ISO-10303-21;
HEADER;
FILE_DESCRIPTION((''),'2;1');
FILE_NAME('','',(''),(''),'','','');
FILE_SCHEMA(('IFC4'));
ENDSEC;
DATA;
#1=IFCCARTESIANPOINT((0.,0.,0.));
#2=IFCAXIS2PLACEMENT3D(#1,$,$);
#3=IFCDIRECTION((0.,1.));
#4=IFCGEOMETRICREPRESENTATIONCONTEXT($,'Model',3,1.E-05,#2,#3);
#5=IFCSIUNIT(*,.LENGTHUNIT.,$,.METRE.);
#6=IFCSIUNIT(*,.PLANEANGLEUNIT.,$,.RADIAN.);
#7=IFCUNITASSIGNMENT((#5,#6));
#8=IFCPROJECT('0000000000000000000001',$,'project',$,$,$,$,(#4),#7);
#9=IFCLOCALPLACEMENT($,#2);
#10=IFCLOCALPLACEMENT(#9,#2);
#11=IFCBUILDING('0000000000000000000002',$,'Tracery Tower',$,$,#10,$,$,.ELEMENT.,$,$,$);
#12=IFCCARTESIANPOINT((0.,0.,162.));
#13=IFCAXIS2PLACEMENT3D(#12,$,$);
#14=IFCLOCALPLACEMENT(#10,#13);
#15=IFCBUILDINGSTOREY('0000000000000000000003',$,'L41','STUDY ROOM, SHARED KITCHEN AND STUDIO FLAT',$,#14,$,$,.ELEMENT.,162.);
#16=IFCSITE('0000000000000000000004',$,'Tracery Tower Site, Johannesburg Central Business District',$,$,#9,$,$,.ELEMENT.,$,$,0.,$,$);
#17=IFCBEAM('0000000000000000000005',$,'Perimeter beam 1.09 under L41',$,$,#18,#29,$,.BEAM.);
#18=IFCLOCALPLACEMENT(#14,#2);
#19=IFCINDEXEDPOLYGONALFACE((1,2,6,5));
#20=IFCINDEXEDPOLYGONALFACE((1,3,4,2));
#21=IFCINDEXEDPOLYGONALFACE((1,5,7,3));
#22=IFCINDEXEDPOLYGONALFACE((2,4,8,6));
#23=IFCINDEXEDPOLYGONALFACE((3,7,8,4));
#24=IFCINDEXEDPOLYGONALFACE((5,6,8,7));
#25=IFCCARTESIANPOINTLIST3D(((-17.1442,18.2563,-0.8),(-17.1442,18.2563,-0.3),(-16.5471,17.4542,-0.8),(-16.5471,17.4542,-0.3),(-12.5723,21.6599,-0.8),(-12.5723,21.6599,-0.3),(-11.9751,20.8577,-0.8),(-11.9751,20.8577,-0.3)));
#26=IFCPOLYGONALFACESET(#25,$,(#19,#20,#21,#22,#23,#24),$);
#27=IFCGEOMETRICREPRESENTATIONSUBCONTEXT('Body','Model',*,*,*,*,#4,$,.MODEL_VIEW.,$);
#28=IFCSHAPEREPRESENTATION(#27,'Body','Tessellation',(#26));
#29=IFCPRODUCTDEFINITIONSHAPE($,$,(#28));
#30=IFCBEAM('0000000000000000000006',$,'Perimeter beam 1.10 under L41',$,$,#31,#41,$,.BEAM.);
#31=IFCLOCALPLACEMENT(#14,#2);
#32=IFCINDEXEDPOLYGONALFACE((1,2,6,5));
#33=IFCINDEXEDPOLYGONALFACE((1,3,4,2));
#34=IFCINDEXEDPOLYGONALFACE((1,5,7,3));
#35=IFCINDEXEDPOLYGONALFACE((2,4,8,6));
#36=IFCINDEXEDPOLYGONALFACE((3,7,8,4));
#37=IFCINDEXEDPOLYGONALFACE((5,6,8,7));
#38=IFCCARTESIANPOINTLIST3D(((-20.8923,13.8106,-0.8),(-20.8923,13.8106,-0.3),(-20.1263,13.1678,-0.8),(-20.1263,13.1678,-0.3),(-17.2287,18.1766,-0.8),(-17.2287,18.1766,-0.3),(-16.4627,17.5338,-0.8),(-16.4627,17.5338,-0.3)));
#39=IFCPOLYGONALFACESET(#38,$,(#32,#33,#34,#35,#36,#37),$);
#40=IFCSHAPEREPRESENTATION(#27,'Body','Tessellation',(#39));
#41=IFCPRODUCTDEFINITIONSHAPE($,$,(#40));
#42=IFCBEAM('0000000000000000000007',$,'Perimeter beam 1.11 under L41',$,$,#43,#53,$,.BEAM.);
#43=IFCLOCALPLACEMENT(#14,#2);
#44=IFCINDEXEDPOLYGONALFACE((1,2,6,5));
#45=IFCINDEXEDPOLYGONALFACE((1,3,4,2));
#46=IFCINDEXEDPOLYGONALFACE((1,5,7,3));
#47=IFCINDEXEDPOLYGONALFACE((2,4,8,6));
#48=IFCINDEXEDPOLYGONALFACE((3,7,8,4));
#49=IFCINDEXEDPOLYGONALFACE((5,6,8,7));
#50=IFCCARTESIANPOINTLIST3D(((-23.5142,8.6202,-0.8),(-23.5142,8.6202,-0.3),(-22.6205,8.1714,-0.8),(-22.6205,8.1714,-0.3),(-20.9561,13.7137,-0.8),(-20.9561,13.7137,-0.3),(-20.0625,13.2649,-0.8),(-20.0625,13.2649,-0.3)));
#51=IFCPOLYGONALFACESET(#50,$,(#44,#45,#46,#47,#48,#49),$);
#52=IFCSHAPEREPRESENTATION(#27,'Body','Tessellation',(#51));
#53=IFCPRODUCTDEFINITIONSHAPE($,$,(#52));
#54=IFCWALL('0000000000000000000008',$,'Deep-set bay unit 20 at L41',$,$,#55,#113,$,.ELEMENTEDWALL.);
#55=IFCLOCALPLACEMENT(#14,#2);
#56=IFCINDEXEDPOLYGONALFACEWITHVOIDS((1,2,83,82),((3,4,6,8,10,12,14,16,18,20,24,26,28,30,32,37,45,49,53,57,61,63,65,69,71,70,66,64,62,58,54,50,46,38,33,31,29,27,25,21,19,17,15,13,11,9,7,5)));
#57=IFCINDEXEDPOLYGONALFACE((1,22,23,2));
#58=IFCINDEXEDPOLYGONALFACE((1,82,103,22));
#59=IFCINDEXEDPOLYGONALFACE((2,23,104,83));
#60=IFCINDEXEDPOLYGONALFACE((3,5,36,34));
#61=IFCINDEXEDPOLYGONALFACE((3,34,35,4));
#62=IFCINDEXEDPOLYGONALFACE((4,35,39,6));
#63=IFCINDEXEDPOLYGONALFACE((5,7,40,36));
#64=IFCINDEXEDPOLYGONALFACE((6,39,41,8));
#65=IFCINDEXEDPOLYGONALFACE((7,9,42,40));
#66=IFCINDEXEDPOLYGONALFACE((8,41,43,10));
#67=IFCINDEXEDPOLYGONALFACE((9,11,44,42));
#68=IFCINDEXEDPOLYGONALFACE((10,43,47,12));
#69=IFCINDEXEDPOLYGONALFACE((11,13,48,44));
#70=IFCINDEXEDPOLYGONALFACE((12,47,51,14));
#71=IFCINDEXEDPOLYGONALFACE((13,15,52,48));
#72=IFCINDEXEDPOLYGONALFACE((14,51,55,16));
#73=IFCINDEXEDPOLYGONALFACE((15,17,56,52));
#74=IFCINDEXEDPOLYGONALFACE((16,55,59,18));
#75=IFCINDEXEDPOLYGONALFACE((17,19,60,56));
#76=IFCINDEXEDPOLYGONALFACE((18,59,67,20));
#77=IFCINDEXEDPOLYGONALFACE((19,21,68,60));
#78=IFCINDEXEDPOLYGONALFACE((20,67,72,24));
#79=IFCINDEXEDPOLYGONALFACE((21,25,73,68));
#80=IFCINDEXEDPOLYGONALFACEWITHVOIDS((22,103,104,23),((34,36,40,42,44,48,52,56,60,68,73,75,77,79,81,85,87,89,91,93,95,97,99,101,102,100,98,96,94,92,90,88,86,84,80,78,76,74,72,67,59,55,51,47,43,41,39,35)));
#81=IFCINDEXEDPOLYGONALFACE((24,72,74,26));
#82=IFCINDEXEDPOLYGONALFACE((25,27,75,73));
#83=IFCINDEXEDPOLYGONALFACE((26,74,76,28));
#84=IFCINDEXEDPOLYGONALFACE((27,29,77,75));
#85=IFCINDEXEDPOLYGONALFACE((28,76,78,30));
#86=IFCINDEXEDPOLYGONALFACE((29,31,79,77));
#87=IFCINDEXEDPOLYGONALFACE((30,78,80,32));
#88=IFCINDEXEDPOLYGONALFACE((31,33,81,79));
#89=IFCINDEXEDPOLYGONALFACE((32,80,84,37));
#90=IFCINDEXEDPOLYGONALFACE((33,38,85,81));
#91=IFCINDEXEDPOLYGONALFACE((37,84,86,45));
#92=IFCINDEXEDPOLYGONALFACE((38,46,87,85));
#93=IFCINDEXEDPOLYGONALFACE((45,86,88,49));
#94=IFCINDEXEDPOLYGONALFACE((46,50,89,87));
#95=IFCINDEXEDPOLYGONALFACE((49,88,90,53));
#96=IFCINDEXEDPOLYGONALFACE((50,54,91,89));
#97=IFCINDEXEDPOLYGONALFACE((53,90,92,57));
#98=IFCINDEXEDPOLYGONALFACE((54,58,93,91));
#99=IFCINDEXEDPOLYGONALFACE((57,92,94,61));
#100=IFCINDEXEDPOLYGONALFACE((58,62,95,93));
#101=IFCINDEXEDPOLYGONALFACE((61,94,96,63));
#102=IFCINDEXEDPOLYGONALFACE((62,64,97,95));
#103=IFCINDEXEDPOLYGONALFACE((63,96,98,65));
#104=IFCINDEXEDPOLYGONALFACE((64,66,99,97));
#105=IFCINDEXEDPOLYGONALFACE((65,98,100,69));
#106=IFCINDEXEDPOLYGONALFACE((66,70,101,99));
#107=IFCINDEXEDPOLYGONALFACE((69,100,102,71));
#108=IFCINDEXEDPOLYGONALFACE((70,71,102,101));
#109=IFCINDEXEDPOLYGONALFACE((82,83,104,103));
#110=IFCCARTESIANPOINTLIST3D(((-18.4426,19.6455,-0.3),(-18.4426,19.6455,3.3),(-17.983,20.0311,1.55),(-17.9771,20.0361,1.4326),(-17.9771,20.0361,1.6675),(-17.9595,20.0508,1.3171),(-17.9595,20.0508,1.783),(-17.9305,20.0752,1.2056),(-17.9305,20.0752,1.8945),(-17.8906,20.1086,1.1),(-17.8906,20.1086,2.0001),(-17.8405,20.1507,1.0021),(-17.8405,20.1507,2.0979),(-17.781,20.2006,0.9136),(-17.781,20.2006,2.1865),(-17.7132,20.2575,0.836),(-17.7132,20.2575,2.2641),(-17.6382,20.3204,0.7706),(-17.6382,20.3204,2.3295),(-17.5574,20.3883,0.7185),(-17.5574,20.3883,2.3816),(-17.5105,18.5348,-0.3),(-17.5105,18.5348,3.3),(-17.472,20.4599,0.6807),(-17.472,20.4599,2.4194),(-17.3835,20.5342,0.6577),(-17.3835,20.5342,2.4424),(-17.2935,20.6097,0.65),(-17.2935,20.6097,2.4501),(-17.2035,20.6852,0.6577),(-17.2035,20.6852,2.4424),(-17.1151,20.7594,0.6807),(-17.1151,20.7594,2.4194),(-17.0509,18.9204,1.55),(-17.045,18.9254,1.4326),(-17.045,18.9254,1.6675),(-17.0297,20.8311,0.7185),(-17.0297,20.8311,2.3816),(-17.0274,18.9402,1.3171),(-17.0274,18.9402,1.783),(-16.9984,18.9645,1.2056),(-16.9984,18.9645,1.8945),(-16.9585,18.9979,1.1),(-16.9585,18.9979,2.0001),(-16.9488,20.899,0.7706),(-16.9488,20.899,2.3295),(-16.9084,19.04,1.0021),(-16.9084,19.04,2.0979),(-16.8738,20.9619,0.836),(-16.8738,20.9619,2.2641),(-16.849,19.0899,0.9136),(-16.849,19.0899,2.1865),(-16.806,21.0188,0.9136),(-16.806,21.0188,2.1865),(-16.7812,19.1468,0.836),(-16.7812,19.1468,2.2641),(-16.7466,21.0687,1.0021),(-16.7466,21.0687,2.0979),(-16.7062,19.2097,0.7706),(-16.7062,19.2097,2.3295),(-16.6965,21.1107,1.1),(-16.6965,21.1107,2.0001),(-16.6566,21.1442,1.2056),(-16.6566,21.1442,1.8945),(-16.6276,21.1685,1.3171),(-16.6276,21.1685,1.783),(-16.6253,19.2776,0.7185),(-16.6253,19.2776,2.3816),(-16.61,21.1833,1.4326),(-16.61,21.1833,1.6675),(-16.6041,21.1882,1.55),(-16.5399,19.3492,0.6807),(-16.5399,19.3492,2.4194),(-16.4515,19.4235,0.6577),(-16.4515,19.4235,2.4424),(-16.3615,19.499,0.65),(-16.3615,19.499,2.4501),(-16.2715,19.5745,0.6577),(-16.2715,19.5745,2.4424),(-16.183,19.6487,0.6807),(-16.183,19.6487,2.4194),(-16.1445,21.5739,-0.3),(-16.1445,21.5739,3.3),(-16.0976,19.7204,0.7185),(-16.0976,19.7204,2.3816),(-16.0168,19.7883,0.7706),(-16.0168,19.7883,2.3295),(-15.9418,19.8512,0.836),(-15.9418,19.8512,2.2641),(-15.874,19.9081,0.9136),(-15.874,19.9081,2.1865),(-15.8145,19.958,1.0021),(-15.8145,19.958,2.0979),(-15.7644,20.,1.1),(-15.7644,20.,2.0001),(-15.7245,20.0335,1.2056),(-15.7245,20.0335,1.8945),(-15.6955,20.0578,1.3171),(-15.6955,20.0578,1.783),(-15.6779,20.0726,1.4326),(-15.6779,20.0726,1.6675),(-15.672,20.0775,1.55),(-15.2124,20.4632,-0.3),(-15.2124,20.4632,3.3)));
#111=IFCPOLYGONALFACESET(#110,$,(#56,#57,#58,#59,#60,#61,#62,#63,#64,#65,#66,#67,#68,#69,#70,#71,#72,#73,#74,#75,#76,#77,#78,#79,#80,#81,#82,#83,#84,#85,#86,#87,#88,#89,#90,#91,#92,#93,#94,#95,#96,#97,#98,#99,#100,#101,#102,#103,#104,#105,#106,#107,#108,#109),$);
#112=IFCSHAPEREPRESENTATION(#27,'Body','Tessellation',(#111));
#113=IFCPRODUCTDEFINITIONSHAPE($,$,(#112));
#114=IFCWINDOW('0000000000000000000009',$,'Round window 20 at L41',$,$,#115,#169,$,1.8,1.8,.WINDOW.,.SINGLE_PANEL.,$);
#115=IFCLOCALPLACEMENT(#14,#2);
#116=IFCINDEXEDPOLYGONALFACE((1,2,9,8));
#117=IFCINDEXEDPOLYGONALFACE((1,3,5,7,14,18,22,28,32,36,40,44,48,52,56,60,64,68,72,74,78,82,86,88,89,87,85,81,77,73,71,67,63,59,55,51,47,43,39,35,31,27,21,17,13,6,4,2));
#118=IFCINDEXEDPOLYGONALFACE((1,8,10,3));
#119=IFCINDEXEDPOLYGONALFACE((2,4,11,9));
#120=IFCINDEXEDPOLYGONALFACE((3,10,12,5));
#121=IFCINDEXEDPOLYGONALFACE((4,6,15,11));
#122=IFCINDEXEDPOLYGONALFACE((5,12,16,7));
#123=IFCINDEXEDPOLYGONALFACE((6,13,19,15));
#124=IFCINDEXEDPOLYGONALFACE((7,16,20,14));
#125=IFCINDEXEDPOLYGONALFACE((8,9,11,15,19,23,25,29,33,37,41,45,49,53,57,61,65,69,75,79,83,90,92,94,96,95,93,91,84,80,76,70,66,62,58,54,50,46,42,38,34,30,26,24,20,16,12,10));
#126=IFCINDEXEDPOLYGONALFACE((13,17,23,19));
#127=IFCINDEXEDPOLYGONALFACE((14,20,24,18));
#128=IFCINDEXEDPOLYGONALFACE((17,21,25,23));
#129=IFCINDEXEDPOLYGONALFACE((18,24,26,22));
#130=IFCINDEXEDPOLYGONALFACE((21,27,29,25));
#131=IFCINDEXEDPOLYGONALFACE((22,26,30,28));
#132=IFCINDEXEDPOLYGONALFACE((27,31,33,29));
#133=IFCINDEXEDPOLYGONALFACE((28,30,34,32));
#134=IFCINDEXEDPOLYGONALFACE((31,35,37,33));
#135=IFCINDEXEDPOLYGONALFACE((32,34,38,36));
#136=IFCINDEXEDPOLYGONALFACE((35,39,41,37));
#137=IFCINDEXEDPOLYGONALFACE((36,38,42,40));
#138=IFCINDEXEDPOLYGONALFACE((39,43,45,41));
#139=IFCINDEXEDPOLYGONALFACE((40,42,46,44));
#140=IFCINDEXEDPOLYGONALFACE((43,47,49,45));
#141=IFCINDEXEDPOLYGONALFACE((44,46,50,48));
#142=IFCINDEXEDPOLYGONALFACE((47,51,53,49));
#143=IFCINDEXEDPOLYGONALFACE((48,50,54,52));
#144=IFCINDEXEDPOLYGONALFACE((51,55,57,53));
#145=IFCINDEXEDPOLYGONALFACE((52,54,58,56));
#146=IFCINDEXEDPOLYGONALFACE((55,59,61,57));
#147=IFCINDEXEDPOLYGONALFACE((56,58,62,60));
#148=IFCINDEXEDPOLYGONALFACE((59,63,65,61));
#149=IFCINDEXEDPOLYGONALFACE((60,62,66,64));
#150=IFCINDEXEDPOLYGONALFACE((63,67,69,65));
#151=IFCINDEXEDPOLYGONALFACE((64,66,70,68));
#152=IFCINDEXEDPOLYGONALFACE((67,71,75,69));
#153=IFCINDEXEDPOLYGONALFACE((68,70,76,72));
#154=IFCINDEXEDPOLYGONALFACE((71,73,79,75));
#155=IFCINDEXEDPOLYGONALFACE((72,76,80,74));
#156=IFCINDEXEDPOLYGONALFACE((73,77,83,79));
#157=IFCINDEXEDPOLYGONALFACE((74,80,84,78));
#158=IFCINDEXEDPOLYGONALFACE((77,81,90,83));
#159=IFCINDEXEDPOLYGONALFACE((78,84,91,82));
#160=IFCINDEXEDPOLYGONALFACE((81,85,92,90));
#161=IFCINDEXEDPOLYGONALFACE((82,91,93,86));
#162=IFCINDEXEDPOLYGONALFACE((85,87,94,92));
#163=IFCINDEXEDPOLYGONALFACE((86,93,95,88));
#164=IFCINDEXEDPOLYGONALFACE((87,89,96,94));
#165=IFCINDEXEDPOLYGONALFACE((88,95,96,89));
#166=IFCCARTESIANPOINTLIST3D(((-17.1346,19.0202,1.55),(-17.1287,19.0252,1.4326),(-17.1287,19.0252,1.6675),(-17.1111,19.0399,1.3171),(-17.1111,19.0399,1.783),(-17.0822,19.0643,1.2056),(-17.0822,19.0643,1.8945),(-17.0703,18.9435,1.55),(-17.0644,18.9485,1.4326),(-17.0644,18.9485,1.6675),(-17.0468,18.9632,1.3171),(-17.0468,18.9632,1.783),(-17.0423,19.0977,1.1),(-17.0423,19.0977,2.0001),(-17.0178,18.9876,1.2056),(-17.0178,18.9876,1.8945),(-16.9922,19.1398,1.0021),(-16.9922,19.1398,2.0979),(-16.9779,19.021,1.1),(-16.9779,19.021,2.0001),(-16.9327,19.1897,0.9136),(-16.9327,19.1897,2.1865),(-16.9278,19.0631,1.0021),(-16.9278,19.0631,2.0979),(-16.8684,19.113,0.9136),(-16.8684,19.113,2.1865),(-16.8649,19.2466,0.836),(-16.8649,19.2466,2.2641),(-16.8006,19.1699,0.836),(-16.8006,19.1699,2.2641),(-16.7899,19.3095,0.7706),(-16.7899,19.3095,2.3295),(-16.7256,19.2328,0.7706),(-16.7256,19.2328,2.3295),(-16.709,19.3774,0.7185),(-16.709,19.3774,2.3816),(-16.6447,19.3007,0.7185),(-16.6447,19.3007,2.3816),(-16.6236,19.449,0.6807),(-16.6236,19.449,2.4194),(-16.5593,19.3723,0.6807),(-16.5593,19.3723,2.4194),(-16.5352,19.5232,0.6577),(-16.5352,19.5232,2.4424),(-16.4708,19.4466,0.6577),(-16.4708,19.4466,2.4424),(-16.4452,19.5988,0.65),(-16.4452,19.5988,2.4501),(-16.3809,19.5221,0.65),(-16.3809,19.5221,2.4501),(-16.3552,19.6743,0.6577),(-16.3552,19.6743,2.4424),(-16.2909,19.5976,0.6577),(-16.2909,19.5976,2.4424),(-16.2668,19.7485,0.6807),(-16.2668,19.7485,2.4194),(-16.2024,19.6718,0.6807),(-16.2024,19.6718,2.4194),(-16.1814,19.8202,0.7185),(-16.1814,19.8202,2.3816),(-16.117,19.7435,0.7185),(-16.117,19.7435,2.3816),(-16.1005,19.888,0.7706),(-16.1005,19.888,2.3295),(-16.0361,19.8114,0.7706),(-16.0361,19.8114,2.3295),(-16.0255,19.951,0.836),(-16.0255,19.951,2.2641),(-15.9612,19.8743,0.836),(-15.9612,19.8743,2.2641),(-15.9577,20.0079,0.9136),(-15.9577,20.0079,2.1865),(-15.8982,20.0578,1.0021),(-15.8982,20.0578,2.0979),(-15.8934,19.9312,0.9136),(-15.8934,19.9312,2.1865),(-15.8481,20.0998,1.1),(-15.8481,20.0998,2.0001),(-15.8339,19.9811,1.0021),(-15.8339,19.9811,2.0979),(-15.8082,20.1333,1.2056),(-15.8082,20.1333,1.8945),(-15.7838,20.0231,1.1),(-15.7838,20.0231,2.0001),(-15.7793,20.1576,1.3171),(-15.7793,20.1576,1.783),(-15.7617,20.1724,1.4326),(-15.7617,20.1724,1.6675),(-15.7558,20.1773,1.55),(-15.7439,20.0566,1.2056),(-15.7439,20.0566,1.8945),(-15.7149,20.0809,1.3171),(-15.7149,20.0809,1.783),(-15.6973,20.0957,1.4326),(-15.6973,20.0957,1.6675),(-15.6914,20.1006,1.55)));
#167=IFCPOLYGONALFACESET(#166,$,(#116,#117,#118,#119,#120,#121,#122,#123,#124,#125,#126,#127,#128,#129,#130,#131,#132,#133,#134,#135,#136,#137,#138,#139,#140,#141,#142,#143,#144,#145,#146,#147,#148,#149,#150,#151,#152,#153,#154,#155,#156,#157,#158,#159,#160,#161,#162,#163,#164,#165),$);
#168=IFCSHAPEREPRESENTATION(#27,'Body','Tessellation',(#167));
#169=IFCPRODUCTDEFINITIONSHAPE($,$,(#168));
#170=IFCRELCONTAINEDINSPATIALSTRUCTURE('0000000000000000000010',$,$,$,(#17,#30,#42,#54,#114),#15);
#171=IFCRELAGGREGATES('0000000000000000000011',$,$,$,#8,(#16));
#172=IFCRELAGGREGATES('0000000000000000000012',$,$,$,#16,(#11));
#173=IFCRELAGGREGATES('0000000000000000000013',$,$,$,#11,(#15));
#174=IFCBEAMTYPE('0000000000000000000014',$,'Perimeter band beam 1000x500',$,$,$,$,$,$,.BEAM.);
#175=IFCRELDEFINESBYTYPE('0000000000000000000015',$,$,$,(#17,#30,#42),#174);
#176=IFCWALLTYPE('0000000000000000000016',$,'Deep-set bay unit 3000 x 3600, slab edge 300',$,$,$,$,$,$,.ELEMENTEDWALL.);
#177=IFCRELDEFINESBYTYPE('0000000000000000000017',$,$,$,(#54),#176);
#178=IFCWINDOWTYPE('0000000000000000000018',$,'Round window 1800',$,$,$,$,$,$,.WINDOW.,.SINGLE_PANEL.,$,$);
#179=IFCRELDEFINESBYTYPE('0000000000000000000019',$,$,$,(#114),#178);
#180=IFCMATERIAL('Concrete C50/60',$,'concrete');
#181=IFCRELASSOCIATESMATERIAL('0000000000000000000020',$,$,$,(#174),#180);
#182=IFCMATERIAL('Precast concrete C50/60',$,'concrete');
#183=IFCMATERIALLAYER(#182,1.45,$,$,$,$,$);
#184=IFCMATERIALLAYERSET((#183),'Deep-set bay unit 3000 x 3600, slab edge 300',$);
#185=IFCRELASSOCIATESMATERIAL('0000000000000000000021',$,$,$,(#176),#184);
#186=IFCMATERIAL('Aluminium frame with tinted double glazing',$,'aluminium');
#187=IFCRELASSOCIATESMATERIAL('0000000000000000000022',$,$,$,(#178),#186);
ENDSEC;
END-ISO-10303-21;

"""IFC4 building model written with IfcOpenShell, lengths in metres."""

from ifc_helpers import new_model, si_unit, direction, frame, frame_2d, origin, origin_2d, place, context, subcontext, project, spatial, rectangle, circle, extrude, material, layer, layer_set, material_profile, profile_set, type_object, element, fill, save


model = new_model("IFC4")

# Units and contexts
model_context = context("Model", 3, precision=1e-05, world=origin(), true_north=direction((0.0, 1.0)))
body_context = subcontext(model_context, "Body", "Model", "MODEL_VIEW")
ifc_project = project(units=[si_unit("LENGTHUNIT", "METRE"), si_unit("PLANEANGLEUNIT", "RADIAN")], contexts=[model_context])

# Site, building, storey
site_placement = place(None, origin())
site = spatial("IfcSite", under=ifc_project, at=site_placement, Name="Tracery Tower Site, Johannesburg Central Business District", CompositionType="ELEMENT", RefElevation=0.0)
building_placement = place(site_placement, origin())
building = spatial("IfcBuilding", under=site, at=building_placement, Name="Tracery Tower", CompositionType="ELEMENT")
storey_placement = place(building_placement, frame((0.0, 0.0, 162.0)))
storey = spatial("IfcBuildingStorey", under=building, at=storey_placement, Name="L41", Description="STUDY ROOM, SHARED KITCHEN AND STUDIO FLAT", CompositionType="ELEMENT", Elevation=162.0)

# Beams
ifc_material_1 = material(Name="Concrete C50/60", Category="concrete")
ifc_material_profile_1 = material_profile(ifc_material_1, rectangle(XDim=1.0, YDim=0.5, at=origin_2d()), Name="RC 1000x500")
ifc_profile_set_1 = profile_set([ifc_material_profile_1], Name="Concrete C50/60")
beam_type = type_object("IfcBeamType", Name="Perimeter band beam 1000x500", PredefinedType="BEAM", material=ifc_profile_set_1)
beam_1_placement = place(storey_placement, frame((-12.2737, 21.2588, -0.55), z_axis=(-0.802138, -0.597138, 0.0), x_axis=(0.597138, -0.802138, 0.0)))
element("IfcBeam", 1, at=beam_1_placement, inside=storey, type_object=beam_type, Name="Perimeter beam 1.09 under L41", PredefinedType="BEAM", context=body_context, shape_type="SweptSolid", body=[
    extrude(rectangle(XDim=1.0, YDim=0.5, at=origin_2d()), origin(), (0.0, 0.0, 1.0), 5.6997),
])
beam_2_placement = place(storey_placement, frame((-16.8457, 17.8552, -0.55), z_axis=(-0.642797, -0.766036, 0.0), x_axis=(0.766036, -0.642797, 0.0)))
element("IfcBeam", 2, at=beam_2_placement, inside=storey, type_object=beam_type, Name="Perimeter beam 1.10 under L41", PredefinedType="BEAM", context=body_context, shape_type="SweptSolid", body=[
    extrude(rectangle(XDim=1.0, YDim=0.5, at=origin_2d()), origin(), (0.0, 0.0, 1.0), 5.6995),
])
beam_3_placement = place(storey_placement, frame((-20.5093, 13.4893, -0.55), z_axis=(-0.448806, -0.893629, 0.0), x_axis=(0.893629, -0.448806, 0.0)))
element("IfcBeam", 3, at=beam_3_placement, inside=storey, type_object=beam_type, Name="Perimeter beam 1.11 under L41", PredefinedType="BEAM", context=body_context, shape_type="SweptSolid", body=[
    extrude(rectangle(XDim=1.0, YDim=0.5, at=origin_2d()), origin(), (0.0, 0.0, 1.0), 5.6997),
])

# Wall, opening, window
ifc_material_2 = material(Name="Precast concrete C50/60", Category="concrete")
ifc_layer_1 = layer(ifc_material_2, 1.45)
ifc_layer_set_1 = layer_set([ifc_layer_1], Name="Deep-set bay unit 3000 x 3600, slab edge 300")
wall_type_1 = type_object("IfcWallType", Name="Deep-set bay unit 3000 x 3600, slab edge 300", PredefinedType="ELEMENTEDWALL", material=ifc_layer_set_1)
wall_1_placement = place(storey_placement, frame((-15.6785, 21.0186, -0.3), z_axis=(0.0, 0.0, 1.0), x_axis=(-0.766022, -0.642814, 0.0)))
wall_1 = element("IfcWall", 4, at=wall_1_placement, inside=storey, type_object=wall_type_1, Name="Deep-set bay unit 20 at L41", PredefinedType="ELEMENTEDWALL", context=body_context, shape_type="SweptSolid", body=[
    extrude(rectangle(XDim=3.0, YDim=1.45, at=frame_2d((1.5, 0.0))), origin(), (0.0, 0.0, 1.0), 3.6001),
])
opening_1_placement = place(wall_1_placement, frame((1.5, 0.0, 1.8501)))
opening_1 = element("IfcOpeningElement", 5, at=opening_1_placement, cuts=wall_1, PredefinedType="OPENING", context=body_context, shape_type="SweptSolid", body=[
    extrude(circle(Radius=0.9, at=origin_2d()), frame((0.0, 0.7349, 0.0), z_axis=(0.0, -1.0, 0.0), x_axis=(1.0, 0.0, 0.0)), (0.0, 0.0, 1.0), 1.47),
])
ifc_material_3 = material(Name="Aluminium frame with tinted double glazing", Category="aluminium")
window_type = type_object("IfcWindowType", Name="Round window 1800", PartitioningType="SINGLE_PANEL", PredefinedType="WINDOW", material=ifc_material_3)
window_1_placement = place(opening_1_placement, origin())
window_1 = element("IfcWindow", 6, at=window_1_placement, inside=storey, type_object=window_type, Name="Round window 20 at L41", OverallHeight=1.8, OverallWidth=1.8, PartitioningType="SINGLE_PANEL", PredefinedType="WINDOW", context=body_context, shape_type="SweptSolid", body=[
    extrude(circle(Radius=0.9, at=origin_2d()), frame((0.0, 0.6948, 0.0), z_axis=(0.0, -1.0, 0.0), x_axis=(1.0, 0.0, 0.0)), (0.0, 0.0, 1.0), 0.1001),
])
fill(opening_1, window_1)

save(model, "model.ifc")
